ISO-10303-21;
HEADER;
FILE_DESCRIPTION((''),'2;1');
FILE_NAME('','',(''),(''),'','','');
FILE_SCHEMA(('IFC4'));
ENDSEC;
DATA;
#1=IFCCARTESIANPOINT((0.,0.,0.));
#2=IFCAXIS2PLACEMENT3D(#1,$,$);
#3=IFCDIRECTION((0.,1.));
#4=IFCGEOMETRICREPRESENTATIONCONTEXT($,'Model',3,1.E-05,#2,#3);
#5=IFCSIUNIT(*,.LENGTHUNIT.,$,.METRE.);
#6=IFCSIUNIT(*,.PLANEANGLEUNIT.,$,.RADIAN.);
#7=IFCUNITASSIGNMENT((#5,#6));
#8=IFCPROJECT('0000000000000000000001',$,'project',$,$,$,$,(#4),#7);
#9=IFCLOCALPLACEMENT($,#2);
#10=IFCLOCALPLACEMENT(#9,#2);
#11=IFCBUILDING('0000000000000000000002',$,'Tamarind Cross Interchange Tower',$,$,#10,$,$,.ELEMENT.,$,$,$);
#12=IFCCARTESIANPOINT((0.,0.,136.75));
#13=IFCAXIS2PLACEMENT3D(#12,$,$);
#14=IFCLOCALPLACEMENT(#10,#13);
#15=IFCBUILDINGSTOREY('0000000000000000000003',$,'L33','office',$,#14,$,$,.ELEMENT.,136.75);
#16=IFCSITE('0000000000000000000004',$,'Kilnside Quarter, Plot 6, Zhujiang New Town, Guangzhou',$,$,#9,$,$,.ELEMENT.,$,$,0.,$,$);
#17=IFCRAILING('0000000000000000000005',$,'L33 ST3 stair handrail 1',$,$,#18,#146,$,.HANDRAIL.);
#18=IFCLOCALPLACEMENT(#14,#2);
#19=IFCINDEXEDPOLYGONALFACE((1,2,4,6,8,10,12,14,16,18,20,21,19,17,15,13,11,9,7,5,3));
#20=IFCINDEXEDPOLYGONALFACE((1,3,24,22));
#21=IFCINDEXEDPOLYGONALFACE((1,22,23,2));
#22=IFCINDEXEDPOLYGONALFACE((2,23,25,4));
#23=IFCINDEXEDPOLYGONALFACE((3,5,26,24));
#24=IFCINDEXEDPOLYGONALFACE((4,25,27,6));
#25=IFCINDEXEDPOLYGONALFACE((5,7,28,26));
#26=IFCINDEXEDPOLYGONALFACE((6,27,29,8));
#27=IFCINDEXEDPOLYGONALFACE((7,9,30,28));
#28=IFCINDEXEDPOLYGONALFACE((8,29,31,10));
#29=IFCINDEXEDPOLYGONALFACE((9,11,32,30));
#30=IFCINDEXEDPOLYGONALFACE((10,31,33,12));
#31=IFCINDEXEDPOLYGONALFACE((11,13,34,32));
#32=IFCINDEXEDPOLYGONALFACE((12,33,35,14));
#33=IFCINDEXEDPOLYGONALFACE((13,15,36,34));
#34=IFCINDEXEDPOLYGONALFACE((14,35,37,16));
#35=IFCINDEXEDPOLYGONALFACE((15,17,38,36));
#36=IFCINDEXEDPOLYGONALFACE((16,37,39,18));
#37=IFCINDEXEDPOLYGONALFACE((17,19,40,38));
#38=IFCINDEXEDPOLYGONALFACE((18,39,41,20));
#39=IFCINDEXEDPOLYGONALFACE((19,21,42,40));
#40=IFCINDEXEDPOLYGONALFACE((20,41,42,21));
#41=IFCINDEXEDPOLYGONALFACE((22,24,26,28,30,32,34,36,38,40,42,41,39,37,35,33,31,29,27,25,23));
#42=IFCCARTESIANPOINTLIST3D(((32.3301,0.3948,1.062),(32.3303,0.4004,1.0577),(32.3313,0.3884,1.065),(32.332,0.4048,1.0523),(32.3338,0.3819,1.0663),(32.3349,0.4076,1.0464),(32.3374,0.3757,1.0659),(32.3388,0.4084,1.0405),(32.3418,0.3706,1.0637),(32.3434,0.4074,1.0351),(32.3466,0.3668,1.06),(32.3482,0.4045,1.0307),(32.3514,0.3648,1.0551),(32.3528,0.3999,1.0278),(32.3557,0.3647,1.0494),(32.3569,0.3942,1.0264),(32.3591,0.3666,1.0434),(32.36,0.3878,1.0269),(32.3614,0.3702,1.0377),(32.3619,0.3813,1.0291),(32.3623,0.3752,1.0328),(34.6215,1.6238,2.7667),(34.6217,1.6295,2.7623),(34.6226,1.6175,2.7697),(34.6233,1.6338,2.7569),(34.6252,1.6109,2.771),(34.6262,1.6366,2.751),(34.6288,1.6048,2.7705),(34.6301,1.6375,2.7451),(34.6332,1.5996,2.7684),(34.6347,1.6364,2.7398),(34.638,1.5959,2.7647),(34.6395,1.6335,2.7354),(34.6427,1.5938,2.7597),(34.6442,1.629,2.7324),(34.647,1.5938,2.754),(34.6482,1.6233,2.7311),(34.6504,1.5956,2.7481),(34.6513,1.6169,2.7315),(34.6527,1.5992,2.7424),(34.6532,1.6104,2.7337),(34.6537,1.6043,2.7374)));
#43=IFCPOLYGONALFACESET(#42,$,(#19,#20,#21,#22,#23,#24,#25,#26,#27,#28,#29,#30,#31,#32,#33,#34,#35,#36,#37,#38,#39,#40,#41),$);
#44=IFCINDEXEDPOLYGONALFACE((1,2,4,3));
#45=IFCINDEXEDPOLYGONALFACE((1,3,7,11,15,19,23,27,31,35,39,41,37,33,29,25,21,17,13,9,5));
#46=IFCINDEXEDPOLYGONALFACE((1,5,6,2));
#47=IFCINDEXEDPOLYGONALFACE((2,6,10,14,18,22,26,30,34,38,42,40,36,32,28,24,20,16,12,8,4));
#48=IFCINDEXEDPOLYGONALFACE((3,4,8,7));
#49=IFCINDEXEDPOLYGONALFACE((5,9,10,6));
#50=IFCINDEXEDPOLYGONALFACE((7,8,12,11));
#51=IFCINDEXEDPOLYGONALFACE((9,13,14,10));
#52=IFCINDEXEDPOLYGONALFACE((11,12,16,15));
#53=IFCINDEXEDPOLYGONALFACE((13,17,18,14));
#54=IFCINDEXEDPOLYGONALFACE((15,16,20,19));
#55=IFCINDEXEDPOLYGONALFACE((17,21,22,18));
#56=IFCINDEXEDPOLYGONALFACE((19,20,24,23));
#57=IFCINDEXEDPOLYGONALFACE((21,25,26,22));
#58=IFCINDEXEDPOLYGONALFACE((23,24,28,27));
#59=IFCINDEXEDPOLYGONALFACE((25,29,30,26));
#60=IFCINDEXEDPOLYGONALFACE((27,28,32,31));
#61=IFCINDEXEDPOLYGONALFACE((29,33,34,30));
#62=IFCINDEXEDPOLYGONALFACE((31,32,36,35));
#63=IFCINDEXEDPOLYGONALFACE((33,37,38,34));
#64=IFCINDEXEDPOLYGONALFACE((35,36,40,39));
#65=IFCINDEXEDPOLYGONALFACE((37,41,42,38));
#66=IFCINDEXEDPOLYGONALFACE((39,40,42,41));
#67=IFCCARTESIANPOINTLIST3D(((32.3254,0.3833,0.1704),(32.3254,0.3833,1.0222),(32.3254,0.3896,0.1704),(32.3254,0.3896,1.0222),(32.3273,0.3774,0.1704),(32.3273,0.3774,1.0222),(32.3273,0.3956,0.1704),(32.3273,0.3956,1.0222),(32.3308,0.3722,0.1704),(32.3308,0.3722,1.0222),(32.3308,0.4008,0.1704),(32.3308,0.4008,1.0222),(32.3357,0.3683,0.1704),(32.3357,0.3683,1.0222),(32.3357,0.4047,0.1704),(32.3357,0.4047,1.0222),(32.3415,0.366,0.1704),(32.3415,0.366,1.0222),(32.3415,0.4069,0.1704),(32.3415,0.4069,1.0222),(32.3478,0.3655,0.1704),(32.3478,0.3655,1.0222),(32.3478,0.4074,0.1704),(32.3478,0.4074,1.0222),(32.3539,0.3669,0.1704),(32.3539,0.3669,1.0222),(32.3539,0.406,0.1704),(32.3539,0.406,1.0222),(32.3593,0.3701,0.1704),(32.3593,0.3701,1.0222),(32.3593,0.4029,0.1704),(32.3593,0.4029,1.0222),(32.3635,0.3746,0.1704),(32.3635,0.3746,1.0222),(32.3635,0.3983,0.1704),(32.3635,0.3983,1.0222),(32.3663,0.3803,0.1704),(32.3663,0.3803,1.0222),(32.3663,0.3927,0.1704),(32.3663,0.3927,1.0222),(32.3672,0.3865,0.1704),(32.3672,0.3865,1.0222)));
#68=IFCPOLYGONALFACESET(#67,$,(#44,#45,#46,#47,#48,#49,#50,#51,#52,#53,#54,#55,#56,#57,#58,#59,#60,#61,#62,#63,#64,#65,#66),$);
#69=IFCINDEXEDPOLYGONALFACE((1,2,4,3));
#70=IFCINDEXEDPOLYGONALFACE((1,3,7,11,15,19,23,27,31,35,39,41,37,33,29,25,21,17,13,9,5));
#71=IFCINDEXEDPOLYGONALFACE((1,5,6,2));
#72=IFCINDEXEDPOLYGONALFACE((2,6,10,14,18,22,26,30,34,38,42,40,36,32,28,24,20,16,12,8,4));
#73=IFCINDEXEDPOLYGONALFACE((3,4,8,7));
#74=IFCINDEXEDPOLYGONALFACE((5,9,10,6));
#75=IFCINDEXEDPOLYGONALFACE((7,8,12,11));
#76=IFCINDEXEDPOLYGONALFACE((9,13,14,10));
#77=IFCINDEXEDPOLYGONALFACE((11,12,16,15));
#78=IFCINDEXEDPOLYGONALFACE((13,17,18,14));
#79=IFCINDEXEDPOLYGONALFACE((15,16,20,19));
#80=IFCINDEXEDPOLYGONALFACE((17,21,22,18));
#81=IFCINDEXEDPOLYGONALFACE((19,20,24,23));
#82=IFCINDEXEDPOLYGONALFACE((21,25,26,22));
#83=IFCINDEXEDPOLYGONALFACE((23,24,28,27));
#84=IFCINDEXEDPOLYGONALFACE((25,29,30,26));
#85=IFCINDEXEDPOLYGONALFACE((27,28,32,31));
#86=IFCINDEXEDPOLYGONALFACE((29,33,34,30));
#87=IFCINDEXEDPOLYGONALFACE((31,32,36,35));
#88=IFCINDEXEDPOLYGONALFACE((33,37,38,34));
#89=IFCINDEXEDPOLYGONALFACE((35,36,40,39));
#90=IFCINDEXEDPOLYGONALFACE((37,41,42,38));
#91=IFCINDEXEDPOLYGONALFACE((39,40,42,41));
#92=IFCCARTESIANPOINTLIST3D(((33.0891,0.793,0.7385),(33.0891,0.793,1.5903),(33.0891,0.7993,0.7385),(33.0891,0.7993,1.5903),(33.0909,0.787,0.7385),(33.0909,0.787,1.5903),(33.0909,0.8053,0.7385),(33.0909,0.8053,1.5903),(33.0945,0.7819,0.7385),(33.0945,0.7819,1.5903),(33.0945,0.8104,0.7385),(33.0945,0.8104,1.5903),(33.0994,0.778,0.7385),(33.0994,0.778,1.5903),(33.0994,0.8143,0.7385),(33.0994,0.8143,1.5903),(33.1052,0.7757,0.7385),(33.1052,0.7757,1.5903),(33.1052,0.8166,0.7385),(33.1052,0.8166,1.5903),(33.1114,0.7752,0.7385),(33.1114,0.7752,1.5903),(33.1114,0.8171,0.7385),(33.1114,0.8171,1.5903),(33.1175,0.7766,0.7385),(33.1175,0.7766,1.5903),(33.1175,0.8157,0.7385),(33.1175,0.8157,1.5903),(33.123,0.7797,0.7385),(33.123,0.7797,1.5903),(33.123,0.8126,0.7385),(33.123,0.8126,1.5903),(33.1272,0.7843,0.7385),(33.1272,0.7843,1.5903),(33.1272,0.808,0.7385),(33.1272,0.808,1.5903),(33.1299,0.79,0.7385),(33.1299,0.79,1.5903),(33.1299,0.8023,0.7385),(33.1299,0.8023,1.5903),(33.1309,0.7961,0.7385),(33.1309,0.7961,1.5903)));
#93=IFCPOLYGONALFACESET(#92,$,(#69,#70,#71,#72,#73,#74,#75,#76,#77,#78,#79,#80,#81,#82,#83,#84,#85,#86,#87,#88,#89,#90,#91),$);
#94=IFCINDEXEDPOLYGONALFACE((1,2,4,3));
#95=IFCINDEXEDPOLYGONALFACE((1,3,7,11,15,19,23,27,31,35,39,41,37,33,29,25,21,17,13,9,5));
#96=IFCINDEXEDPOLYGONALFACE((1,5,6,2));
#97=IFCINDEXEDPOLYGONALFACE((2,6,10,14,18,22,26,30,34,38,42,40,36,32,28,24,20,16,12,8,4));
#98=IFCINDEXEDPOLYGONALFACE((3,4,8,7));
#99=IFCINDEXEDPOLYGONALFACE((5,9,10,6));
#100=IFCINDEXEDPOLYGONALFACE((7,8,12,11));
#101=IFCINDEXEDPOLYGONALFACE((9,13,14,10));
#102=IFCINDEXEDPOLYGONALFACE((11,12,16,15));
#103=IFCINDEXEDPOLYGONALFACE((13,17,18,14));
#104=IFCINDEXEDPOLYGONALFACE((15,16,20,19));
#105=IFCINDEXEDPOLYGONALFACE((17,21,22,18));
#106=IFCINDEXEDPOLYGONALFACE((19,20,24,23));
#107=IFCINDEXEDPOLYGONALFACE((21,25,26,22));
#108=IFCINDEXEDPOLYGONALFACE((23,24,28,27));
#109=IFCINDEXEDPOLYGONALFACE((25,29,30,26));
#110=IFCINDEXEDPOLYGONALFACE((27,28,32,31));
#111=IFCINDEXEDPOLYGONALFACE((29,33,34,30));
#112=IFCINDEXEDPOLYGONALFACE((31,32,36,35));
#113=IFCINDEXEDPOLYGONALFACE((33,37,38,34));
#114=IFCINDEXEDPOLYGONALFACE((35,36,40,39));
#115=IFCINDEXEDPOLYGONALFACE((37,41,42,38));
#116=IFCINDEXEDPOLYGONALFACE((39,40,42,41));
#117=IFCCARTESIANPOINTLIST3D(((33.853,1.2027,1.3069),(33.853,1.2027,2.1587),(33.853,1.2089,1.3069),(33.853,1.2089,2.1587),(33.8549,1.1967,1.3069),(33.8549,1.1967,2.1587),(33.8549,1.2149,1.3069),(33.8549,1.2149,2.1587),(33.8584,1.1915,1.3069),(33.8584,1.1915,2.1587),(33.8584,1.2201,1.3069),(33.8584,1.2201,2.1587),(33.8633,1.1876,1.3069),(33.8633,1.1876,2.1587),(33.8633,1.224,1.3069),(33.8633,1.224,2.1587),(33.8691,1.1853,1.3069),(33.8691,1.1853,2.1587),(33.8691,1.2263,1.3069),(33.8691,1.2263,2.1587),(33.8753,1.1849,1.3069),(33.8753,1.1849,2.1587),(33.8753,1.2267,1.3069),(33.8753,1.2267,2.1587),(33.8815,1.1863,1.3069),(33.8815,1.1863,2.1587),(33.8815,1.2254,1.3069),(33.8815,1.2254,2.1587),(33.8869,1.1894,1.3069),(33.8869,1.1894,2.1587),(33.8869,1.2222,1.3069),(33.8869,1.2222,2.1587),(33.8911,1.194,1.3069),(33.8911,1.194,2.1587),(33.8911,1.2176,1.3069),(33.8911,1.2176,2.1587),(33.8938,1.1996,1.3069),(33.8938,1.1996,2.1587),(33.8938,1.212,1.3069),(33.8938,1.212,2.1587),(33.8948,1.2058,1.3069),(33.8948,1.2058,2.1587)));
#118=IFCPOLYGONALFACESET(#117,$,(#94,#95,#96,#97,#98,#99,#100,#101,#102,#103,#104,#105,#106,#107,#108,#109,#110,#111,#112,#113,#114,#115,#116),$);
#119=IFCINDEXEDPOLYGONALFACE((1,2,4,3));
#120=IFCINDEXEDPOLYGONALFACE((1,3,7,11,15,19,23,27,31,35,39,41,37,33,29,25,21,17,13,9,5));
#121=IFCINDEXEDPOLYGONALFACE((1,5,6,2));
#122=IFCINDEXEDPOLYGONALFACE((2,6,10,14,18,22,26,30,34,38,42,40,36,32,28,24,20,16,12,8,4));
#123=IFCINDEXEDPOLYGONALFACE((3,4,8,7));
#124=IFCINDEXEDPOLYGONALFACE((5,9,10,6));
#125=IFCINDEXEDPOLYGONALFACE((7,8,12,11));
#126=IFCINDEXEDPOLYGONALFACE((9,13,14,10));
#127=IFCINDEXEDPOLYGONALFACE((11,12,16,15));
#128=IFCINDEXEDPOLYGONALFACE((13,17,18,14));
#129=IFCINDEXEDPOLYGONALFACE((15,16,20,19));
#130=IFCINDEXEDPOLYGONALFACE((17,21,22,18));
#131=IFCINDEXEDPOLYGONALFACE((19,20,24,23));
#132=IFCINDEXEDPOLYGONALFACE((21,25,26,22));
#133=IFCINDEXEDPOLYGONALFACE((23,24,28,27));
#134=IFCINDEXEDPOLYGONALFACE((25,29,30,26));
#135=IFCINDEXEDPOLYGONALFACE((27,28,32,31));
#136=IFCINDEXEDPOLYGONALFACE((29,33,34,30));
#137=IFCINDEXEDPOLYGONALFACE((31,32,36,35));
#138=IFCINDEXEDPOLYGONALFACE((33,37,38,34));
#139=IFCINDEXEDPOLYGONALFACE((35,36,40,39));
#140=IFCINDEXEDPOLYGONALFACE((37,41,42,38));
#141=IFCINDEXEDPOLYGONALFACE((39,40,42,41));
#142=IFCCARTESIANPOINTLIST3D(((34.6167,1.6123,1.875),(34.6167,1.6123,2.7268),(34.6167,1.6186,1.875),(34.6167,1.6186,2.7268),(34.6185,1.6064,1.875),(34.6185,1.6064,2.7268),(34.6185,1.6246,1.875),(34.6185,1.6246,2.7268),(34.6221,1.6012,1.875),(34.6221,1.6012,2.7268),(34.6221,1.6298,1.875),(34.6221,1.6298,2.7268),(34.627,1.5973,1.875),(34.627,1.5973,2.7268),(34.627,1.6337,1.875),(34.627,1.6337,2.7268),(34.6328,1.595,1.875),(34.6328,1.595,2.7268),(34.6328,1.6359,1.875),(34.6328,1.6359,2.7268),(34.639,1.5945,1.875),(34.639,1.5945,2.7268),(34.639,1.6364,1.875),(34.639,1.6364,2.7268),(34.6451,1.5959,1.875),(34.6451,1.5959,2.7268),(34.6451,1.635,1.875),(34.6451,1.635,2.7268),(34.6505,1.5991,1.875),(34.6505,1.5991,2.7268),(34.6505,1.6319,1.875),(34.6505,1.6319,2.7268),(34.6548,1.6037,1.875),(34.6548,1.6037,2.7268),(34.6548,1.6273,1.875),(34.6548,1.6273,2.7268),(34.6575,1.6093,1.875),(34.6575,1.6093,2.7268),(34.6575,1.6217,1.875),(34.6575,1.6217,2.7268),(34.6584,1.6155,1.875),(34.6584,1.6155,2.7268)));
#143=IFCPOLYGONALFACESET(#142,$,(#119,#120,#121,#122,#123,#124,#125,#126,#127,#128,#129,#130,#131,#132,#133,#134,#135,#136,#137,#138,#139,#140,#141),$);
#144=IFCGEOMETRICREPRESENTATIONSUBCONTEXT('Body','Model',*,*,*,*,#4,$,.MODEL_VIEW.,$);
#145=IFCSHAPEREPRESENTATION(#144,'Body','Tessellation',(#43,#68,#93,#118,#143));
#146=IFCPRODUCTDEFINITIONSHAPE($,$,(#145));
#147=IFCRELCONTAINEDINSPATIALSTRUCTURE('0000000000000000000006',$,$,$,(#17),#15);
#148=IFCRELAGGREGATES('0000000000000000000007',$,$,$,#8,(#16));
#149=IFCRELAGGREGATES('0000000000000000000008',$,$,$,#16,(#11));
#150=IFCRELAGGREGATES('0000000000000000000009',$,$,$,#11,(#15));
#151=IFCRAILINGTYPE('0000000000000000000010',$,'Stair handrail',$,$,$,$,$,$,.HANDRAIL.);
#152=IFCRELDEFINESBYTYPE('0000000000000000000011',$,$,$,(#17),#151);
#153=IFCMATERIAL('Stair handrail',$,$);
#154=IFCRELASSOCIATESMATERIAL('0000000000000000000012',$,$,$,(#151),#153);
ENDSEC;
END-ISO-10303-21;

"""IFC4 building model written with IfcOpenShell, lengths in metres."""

from ifc_helpers import new_model, si_unit, direction, frame, origin, origin_2d, place, context, subcontext, project, spatial, circle, extrude, material, type_object, element, save


model = new_model("IFC4")

# Units and contexts
model_context = context("Model", 3, precision=1e-05, world=origin(), true_north=direction((0.0, 1.0)))
body_context = subcontext(model_context, "Body", "Model", "MODEL_VIEW")
ifc_project = project(units=[si_unit("LENGTHUNIT", "METRE"), si_unit("PLANEANGLEUNIT", "RADIAN")], contexts=[model_context])

# Site, building, storey
site_placement = place(None, origin())
site = spatial("IfcSite", under=ifc_project, at=site_placement, Name="Kilnside Quarter, Plot 6, Zhujiang New Town, Guangzhou", CompositionType="ELEMENT", RefElevation=0.0)
building_placement = place(site_placement, origin())
building = spatial("IfcBuilding", under=site, at=building_placement, Name="Tamarind Cross Interchange Tower", CompositionType="ELEMENT")
storey_placement = place(building_placement, frame((0.0, 0.0, 136.75)))
storey = spatial("IfcBuildingStorey", under=building, at=storey_placement, Name="L33", Description="office", CompositionType="ELEMENT", Elevation=136.75)

# Railing
ifc_material_1 = material(Name="Stair handrail")
railing_type_1 = type_object("IfcRailingType", Name="Stair handrail", PredefinedType="HANDRAIL", material=ifc_material_1)
railing_1_placement = place(storey_placement, frame((32.3462, 0.3865, 0.1704)))
element("IfcRailing", 1, at=railing_1_placement, inside=storey, type_object=railing_type_1, Name="L33 ST3 stair handrail 1", PredefinedType="HANDRAIL", context=body_context, shape_type="SweptSolid", body=[
    extrude(circle(Radius=0.0239, at=origin_2d()), frame((0.0, 0.0, 0.876), z_axis=(0.736974, 0.395304, 0.548274), x_axis=(-0.472683, 0.881233, 0.0)), (0.0, 0.0, 1.0), 3.1091),
    extrude(circle(Radius=0.021, at=origin_2d()), origin(), (0.0, 0.0, 1.0), 0.8518),
    extrude(circle(Radius=0.021, at=origin_2d()), frame((0.7637, 0.4097, 0.5681)), (0.0, 0.0, 1.0), 0.8518),
    extrude(circle(Radius=0.021, at=origin_2d()), frame((1.5276, 0.8193, 1.1365)), (0.0, 0.0, 1.0), 0.8518),
    extrude(circle(Radius=0.021, at=origin_2d()), frame((2.2913, 1.229, 1.7046)), (0.0, 0.0, 1.0), 0.8518),
])

save(model, "model.ifc")
